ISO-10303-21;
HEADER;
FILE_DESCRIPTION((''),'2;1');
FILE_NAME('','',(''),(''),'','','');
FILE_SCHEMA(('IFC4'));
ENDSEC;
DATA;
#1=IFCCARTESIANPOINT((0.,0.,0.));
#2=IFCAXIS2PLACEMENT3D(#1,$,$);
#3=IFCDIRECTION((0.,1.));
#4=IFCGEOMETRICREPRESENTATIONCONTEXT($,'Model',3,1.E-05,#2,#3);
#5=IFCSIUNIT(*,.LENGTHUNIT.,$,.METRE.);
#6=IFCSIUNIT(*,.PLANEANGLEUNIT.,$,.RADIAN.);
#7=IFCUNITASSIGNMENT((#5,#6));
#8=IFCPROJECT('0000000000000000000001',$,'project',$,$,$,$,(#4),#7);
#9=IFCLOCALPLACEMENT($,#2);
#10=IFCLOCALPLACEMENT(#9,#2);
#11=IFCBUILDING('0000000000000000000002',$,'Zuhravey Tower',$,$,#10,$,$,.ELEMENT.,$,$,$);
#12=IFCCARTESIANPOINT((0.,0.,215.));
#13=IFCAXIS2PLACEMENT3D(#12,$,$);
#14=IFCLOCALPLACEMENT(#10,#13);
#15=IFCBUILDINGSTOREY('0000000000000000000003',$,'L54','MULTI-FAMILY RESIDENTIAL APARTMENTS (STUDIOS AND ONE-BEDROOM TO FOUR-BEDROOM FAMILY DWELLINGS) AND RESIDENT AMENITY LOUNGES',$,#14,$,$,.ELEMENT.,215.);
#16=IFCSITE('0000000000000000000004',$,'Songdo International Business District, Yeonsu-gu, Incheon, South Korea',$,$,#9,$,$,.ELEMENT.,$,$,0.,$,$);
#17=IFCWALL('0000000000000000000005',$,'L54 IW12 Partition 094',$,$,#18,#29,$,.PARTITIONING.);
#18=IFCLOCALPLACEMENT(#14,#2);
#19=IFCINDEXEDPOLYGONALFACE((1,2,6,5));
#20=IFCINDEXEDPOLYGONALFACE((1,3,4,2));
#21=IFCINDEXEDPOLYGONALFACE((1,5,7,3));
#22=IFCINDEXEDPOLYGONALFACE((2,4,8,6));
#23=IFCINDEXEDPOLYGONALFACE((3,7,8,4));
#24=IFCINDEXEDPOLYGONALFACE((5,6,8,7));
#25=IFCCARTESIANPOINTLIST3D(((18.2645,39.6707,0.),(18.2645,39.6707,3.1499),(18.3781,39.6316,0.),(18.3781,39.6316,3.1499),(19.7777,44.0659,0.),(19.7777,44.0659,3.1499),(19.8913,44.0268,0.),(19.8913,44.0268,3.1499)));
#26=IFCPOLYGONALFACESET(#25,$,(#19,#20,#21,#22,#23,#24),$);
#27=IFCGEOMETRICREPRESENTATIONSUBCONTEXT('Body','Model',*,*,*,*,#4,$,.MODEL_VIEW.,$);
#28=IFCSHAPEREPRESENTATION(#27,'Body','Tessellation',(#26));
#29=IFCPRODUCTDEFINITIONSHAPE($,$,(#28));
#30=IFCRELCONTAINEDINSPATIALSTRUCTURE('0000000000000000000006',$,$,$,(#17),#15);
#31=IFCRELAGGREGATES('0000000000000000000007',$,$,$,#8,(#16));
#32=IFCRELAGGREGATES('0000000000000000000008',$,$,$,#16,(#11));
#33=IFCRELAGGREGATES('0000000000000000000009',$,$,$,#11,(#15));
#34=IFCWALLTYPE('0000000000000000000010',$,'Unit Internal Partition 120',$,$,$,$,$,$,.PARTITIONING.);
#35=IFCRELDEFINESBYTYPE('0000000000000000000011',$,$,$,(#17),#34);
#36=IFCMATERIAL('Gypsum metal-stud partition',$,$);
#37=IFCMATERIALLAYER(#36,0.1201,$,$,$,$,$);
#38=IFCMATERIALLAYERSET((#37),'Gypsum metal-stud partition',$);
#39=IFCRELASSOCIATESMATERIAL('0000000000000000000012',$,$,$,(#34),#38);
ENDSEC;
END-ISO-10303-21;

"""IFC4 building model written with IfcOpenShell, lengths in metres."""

from ifc_helpers import new_model, si_unit, direction, frame, frame_2d, origin, place, context, subcontext, project, spatial, rectangle, extrude, material, layer, layer_set, type_object, element, save


model = new_model("IFC4")

# Units and contexts
model_context = context("Model", 3, precision=1e-05, world=origin(), true_north=direction((0.0, 1.0)))
body_context = subcontext(model_context, "Body", "Model", "MODEL_VIEW")
ifc_project = project(units=[si_unit("LENGTHUNIT", "METRE"), si_unit("PLANEANGLEUNIT", "RADIAN")], contexts=[model_context])

# Site, building, storey
site_placement = place(None, origin())
site = spatial("IfcSite", under=ifc_project, at=site_placement, Name="Songdo International Business District, Yeonsu-gu, Incheon, South Korea", CompositionType="ELEMENT", RefElevation=0.0)
building_placement = place(site_placement, origin())
building = spatial("IfcBuilding", under=site, at=building_placement, Name="Zuhravey Tower", CompositionType="ELEMENT")
storey_placement = place(building_placement, frame((0.0, 0.0, 215.0)))
storey = spatial("IfcBuildingStorey", under=building, at=storey_placement, Name="L54", Description="MULTI-FAMILY RESIDENTIAL APARTMENTS (STUDIOS AND ONE-BEDROOM TO FOUR-BEDROOM FAMILY DWELLINGS) AND RESIDENT AMENITY LOUNGES", CompositionType="ELEMENT", Elevation=215.0)

# Shared definitions
ifc_material_1 = material(Name="Gypsum metal-stud partition")
ifc_layer_1 = layer(ifc_material_1, 0.1201)
ifc_layer_set_1 = layer_set([ifc_layer_1], Name="Gypsum metal-stud partition")
wall_type_1 = type_object("IfcWallType", Name="Unit Internal Partition 120", PredefinedType="PARTITIONING", material=ifc_layer_set_1)

# Wall
wall_1_placement = place(storey_placement, frame((19.8345, 44.0464, 0.0), z_axis=(0.0, 0.0, 1.0), x_axis=(-0.325524, -0.945534, 0.0)))
element("IfcWall", 1, at=wall_1_placement, inside=storey, type_object=wall_type_1, Name="L54 IW12 Partition 094", PredefinedType="PARTITIONING", context=body_context, shape_type="SweptSolid", body=[
    extrude(rectangle(XDim=4.6484, YDim=0.1201, at=frame_2d((2.3242, 0.0))), origin(), (0.0, 0.0, 1.0), 3.1499),
])

save(model, "model.ifc")
